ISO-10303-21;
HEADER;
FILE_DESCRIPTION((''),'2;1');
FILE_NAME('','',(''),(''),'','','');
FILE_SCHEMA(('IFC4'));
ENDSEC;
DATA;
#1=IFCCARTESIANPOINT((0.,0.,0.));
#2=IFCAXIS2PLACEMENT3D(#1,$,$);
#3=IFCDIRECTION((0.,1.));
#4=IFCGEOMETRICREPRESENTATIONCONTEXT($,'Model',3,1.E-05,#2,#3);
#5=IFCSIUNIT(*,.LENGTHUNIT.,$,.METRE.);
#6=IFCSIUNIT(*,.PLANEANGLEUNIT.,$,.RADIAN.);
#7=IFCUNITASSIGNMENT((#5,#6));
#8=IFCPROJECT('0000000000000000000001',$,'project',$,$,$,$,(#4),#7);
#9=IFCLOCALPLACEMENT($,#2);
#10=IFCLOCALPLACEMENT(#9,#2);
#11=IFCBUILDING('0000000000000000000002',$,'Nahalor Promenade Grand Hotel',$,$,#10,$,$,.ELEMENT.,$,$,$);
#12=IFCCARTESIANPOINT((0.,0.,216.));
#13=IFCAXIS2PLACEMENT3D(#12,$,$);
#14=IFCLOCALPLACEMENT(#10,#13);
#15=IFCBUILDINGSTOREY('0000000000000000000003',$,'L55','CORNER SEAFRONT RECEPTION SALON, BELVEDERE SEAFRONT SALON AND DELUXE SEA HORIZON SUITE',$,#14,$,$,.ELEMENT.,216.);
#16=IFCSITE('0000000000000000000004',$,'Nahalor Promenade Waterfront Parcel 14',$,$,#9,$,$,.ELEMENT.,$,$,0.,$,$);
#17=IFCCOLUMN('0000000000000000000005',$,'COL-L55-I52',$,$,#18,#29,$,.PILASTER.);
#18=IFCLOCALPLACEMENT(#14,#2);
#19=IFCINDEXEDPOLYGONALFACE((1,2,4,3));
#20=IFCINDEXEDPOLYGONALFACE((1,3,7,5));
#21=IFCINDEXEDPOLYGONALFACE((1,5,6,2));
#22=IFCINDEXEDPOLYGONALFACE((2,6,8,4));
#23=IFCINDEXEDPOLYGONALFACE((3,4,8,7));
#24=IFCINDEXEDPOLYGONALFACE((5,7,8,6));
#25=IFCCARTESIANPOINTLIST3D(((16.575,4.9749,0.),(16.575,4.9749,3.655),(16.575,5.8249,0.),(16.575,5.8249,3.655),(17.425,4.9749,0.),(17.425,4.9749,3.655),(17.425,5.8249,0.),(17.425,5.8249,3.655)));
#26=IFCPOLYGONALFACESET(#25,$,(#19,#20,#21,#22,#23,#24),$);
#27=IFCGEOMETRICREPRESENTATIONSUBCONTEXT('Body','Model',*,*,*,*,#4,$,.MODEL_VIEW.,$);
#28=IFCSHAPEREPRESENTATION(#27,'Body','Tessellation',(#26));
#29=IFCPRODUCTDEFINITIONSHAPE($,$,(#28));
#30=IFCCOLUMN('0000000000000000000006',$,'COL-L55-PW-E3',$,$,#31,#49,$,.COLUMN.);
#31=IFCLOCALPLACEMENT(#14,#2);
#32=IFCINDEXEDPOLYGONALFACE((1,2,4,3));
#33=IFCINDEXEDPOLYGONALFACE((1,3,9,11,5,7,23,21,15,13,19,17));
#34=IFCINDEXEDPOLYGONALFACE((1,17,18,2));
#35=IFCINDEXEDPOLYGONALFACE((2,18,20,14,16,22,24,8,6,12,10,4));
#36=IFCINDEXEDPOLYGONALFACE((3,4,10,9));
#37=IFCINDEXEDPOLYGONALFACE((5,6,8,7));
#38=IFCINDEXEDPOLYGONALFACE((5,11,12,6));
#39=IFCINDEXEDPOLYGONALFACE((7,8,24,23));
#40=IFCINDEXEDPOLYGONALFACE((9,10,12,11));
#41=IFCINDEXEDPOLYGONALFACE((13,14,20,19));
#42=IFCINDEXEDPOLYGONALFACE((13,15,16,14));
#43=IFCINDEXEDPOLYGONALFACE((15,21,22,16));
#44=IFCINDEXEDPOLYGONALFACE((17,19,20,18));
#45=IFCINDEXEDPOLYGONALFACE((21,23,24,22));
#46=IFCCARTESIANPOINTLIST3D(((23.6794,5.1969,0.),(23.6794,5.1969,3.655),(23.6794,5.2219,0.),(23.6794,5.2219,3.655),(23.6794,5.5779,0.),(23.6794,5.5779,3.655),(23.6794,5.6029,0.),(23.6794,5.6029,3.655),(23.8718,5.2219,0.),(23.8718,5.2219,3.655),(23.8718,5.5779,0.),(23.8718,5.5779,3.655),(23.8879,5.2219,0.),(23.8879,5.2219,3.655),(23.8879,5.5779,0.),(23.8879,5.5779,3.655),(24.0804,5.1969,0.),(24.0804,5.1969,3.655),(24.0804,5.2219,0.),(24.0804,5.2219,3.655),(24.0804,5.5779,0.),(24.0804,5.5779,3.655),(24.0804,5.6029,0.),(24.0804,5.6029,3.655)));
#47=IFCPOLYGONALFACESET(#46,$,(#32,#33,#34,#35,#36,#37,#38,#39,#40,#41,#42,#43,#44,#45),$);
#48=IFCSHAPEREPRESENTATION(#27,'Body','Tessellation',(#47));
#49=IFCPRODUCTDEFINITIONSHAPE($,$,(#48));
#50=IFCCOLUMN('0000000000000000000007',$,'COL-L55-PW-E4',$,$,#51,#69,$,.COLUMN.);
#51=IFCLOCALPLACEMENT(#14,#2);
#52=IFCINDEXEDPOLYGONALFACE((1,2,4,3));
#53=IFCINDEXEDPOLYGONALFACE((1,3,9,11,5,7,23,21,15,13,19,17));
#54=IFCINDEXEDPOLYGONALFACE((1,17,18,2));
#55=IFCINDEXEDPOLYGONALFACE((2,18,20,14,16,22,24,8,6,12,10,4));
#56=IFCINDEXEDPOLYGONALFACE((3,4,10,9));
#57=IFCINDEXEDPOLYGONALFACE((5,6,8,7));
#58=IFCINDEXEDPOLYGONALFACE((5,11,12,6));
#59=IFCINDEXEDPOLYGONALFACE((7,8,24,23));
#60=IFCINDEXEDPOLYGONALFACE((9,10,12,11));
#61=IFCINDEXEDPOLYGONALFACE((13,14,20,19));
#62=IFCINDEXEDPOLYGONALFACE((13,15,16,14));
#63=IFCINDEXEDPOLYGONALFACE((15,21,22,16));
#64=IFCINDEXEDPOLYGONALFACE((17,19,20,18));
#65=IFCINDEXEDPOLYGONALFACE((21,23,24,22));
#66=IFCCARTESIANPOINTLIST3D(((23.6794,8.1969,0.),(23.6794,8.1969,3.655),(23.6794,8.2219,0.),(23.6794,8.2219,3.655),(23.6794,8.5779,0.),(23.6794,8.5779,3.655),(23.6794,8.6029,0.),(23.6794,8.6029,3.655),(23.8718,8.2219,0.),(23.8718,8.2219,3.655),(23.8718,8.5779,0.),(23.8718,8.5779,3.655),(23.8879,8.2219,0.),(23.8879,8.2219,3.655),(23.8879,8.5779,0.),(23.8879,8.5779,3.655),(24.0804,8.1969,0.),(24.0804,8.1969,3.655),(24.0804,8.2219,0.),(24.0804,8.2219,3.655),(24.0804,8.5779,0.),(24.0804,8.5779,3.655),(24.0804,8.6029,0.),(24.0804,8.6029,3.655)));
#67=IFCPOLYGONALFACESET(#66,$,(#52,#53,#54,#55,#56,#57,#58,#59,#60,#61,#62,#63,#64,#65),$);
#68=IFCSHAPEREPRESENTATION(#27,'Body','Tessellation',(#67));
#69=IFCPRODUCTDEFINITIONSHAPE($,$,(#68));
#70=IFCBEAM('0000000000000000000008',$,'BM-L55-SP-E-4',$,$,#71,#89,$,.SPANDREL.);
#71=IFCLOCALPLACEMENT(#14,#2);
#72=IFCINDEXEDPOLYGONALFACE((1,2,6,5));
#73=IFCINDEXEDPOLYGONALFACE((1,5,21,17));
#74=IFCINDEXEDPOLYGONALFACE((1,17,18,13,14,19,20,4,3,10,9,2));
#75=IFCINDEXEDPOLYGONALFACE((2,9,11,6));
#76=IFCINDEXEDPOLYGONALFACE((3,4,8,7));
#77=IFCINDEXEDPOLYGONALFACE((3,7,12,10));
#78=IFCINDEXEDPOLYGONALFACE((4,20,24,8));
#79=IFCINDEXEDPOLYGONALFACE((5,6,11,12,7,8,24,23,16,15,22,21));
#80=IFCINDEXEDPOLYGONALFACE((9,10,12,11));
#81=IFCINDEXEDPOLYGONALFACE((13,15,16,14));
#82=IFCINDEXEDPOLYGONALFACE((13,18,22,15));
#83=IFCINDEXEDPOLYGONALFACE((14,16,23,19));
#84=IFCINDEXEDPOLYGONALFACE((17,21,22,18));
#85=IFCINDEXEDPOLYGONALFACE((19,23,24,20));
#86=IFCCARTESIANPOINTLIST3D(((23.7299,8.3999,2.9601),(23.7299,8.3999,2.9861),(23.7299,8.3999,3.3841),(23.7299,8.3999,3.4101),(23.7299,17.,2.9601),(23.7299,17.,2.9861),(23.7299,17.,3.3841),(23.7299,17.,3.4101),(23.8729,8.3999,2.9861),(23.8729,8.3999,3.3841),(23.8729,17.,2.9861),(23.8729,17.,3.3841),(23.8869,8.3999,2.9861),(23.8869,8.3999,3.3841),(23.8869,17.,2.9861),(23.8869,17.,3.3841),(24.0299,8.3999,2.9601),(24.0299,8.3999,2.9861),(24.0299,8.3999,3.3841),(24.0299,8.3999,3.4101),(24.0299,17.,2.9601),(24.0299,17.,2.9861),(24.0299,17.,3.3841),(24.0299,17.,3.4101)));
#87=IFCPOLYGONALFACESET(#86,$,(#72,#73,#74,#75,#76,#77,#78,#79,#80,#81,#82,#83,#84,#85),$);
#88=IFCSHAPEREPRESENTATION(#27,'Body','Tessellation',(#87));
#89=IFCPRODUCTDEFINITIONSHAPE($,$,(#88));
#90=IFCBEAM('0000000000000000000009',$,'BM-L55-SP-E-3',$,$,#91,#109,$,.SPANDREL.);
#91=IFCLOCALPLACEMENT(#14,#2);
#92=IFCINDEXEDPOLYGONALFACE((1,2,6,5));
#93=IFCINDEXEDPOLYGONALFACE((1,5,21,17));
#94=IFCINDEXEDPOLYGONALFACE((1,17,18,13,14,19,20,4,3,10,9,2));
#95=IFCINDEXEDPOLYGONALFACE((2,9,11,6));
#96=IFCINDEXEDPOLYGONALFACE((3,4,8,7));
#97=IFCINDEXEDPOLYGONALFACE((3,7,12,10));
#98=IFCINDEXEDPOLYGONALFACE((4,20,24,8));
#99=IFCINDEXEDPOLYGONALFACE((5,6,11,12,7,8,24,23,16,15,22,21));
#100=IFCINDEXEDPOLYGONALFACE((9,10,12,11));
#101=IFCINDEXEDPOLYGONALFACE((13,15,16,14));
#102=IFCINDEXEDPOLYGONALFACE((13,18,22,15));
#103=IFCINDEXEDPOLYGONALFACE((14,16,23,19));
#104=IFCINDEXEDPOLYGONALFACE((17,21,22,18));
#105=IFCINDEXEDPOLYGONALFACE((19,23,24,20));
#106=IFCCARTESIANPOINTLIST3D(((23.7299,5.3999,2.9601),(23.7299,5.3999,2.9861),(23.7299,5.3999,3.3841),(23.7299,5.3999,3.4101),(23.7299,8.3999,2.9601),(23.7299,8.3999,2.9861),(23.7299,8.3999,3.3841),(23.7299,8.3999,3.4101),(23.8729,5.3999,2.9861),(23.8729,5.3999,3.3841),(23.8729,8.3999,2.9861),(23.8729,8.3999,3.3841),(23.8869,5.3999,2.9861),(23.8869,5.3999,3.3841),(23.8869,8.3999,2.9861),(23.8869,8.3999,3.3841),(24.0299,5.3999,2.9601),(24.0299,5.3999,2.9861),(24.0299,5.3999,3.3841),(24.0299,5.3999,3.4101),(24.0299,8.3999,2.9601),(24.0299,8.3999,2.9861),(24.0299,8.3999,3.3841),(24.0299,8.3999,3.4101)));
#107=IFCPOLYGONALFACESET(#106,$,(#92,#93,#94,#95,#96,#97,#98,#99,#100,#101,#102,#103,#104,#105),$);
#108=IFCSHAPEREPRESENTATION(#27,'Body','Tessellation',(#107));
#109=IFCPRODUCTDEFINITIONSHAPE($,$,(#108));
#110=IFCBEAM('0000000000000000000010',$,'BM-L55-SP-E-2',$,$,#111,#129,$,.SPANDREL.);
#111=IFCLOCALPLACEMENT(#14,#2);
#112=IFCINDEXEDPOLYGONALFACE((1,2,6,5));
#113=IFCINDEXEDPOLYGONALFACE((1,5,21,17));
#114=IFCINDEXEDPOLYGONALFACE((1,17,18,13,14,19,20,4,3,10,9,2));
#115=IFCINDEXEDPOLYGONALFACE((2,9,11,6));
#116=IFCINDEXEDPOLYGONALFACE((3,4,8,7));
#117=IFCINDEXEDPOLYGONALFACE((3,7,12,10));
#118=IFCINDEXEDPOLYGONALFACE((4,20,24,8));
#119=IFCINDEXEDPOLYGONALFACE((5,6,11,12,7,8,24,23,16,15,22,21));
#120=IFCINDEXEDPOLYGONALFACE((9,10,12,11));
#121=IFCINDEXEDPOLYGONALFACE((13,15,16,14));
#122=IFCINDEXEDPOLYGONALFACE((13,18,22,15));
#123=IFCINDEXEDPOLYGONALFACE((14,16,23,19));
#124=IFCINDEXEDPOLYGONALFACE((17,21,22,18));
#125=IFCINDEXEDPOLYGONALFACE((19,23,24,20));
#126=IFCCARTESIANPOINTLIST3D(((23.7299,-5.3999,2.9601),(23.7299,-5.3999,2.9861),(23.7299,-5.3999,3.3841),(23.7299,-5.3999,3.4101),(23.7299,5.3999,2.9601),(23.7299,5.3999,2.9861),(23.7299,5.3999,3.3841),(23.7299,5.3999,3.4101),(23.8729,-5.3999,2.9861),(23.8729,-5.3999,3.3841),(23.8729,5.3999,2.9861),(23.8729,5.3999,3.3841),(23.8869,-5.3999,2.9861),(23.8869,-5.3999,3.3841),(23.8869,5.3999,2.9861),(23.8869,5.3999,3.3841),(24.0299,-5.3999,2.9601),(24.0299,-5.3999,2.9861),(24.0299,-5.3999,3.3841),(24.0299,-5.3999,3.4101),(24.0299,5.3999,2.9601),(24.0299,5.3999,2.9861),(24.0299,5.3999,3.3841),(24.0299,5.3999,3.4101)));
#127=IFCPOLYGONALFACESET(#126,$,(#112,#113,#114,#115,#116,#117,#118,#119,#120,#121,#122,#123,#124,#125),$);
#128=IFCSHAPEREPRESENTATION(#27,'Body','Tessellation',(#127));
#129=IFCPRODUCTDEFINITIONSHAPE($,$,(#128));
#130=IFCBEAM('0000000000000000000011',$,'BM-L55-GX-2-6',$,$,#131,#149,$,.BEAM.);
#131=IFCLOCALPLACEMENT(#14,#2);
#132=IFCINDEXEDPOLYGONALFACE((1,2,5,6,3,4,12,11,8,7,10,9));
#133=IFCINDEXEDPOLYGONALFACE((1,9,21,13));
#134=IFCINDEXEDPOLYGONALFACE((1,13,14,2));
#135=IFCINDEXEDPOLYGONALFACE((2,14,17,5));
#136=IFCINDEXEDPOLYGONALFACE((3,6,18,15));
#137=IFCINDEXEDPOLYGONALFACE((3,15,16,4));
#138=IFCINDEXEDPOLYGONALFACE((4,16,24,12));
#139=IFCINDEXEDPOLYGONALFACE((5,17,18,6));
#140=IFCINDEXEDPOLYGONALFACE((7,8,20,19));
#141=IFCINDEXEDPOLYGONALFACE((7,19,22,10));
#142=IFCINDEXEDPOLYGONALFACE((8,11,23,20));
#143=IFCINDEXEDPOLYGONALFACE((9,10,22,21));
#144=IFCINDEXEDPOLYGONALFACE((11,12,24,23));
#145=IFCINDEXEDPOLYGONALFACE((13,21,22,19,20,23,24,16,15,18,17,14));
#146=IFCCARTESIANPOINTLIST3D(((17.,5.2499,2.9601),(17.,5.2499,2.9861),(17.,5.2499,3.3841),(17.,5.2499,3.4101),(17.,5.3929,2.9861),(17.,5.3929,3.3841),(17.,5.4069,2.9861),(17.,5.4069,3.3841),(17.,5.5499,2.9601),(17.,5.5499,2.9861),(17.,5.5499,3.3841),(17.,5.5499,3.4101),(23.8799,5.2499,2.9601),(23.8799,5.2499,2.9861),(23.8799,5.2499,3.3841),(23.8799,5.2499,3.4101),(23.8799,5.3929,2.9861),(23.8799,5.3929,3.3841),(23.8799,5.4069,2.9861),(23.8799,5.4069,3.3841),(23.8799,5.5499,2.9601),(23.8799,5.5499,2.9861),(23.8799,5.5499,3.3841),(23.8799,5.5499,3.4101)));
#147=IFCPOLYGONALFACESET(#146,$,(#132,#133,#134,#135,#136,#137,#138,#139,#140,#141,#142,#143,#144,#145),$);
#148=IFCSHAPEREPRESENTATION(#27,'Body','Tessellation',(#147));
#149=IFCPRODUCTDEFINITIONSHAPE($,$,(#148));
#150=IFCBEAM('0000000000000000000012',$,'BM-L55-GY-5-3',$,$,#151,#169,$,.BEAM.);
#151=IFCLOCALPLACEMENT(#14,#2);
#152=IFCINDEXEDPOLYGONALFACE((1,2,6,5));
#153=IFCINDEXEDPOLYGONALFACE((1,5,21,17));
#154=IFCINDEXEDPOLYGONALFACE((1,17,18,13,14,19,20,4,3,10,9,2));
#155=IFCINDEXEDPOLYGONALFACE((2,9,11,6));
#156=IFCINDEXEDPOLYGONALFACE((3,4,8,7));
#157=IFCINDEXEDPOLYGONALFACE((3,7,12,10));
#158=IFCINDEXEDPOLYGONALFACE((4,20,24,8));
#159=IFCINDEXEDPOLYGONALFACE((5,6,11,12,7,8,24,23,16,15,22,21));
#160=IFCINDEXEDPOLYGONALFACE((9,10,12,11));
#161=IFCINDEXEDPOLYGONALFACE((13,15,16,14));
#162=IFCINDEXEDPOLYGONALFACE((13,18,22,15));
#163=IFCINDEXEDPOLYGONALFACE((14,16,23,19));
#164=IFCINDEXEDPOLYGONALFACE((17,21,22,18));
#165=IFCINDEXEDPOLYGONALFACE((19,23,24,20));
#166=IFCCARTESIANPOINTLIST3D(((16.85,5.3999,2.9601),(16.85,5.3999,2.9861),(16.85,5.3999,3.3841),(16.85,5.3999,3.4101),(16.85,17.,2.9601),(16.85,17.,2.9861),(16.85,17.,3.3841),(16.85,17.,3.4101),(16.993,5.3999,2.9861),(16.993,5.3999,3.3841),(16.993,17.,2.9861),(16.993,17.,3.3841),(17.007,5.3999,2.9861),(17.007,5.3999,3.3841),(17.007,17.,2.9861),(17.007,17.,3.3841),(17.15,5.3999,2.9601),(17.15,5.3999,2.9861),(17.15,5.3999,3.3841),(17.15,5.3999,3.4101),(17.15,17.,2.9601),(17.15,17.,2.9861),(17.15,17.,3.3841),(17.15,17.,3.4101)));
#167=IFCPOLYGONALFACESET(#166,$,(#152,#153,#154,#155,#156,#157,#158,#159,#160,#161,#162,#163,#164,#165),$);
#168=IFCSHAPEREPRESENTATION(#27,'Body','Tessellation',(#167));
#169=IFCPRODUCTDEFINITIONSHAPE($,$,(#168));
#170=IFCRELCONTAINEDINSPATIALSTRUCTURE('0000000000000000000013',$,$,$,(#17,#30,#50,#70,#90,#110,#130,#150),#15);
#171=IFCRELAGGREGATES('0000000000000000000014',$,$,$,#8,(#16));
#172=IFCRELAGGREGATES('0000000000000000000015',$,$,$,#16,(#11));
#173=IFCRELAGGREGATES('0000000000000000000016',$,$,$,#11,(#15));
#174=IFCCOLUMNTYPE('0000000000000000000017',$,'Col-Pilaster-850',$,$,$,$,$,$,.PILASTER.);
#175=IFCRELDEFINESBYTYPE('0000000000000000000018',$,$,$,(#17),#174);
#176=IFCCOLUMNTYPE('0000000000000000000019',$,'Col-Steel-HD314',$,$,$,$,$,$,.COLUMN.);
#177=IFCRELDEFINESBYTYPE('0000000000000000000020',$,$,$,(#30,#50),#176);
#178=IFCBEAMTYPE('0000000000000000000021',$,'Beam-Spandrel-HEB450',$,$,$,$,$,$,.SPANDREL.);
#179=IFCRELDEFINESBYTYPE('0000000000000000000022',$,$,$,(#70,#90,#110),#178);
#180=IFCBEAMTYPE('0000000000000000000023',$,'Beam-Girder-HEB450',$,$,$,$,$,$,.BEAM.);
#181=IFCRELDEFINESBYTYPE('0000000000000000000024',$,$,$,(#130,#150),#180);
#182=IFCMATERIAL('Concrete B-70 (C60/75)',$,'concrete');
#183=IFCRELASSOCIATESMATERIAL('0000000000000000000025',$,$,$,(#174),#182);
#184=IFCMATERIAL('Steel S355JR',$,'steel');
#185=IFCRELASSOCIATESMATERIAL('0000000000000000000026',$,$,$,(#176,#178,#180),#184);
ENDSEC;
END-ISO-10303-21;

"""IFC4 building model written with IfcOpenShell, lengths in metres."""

from ifc_helpers import new_model, si_unit, direction, frame, origin, origin_2d, place, context, subcontext, project, spatial, rectangle, i_section, extrude, source, transform, mapped, material, material_profile, profile_set, type_object, element, save


model = new_model("IFC4")

# Units and contexts
model_context = context("Model", 3, precision=1e-05, world=origin(), true_north=direction((0.0, 1.0)))
body_context = subcontext(model_context, "Body", "Model", "MODEL_VIEW")
ifc_project = project(units=[si_unit("LENGTHUNIT", "METRE"), si_unit("PLANEANGLEUNIT", "RADIAN")], contexts=[model_context])

# Site, building, storey
site_placement = place(None, origin())
site = spatial("IfcSite", under=ifc_project, at=site_placement, Name="Nahalor Promenade Waterfront Parcel 14", CompositionType="ELEMENT", RefElevation=0.0)
building_placement = place(site_placement, origin())
building = spatial("IfcBuilding", under=site, at=building_placement, Name="Nahalor Promenade Grand Hotel", CompositionType="ELEMENT")
storey_placement = place(building_placement, frame((0.0, 0.0, 216.0)))
storey = spatial("IfcBuildingStorey", under=building, at=storey_placement, Name="L55", Description="CORNER SEAFRONT RECEPTION SALON, BELVEDERE SEAFRONT SALON AND DELUXE SEA HORIZON SUITE", CompositionType="ELEMENT", Elevation=216.0)

# Columns
ifc_material_1 = material(Name="Concrete B-70 (C60/75)", Category="concrete")
ifc_material_profile_1 = material_profile(ifc_material_1, rectangle(XDim=0.85, YDim=0.85, at=origin_2d()), Name="RC 850x850")
ifc_profile_set_1 = profile_set([ifc_material_profile_1], Name="Concrete B-70 (C60/75)")
column_type_1 = type_object("IfcColumnType", Name="Col-Pilaster-850", PredefinedType="PILASTER", material=ifc_profile_set_1)
shared_shape_1 = source(origin(), body_context, "Body", "SweptSolid", [
    extrude(rectangle(XDim=0.85, YDim=0.85, at=origin_2d()), origin(), (0.0, 0.0, 1.0), 3.655),
])
column_placement = place(storey_placement, frame((17.0, 5.3999, 0.0), z_axis=(0.0, 0.0, 1.0), x_axis=(1.0, 0.0, 0.0)))
element("IfcColumn", 1, at=column_placement, inside=storey, type_object=column_type_1, Name="COL-L55-I52", PredefinedType="PILASTER", context=body_context, shape_type="MappedRepresentation", body=[
    mapped(shared_shape_1, transform((0.0, 0.0, 0.0), scale=1.0)),
])
ifc_material_2 = material(Name="Steel S355JR", Category="steel")
ifc_material_profile_2 = material_profile(ifc_material_2, i_section(OverallWidth=0.401, OverallDepth=0.406, WebThickness=0.0161, FlangeThickness=0.025, at=origin_2d()), Name="HD 400x314")
ifc_profile_set_2 = profile_set([ifc_material_profile_2], Name="Steel S355JR")
column_type_2 = type_object("IfcColumnType", Name="Col-Steel-HD314", PredefinedType="COLUMN", material=ifc_profile_set_2)
shared_shape_2 = source(origin(), body_context, "Body", "SweptSolid", [
    extrude(i_section(OverallWidth=0.401, OverallDepth=0.406, WebThickness=0.0161, FlangeThickness=0.025, at=origin_2d()), origin(), (0.0, 0.0, 1.0), 3.655),
])
for number, where, z_axis, x_axis, name in (
    (2, (23.8799, 5.3999, 0.0), (0.0, 0.0, 1.0), (1.0, 0.0, 0.0), "COL-L55-PW-E3"),
    (3, (23.8799, 8.3999, 0.0), (0.0, 0.0, 1.0), (1.0, 0.0, 0.0), "COL-L55-PW-E4"),
):
    element("IfcColumn", number, at=place(storey_placement, frame(where, z_axis=z_axis, x_axis=x_axis)), inside=storey, type_object=column_type_2, Name=name, PredefinedType="COLUMN", context=body_context, shape_type="MappedRepresentation", body=[
        mapped(shared_shape_2, transform((0.0, 0.0, 0.0), scale=1.0)),
    ])

# Beams
ifc_material_profile_3 = material_profile(ifc_material_2, i_section(OverallWidth=0.3, OverallDepth=0.45, WebThickness=0.014, FlangeThickness=0.026, at=origin_2d()), Name="HEB 450")
ifc_profile_set_3 = profile_set([ifc_material_profile_3], Name="Steel S355JR")
beam_type_1 = type_object("IfcBeamType", Name="Beam-Spandrel-HEB450", PredefinedType="SPANDREL", material=ifc_profile_set_3)
shared_shape_3 = source(origin(), body_context, "Body", "SweptSolid", [
    extrude(i_section(OverallWidth=0.3, OverallDepth=0.45, WebThickness=0.014, FlangeThickness=0.026, at=origin_2d()), origin(), (0.0, 0.0, 1.0), 8.6001),
])
beam_1_placement = place(storey_placement, frame((23.8799, 8.3999, 3.1851), z_axis=(0.0, 1.0, 0.0), x_axis=(-1.0, 0.0, 0.0)))
element("IfcBeam", 4, at=beam_1_placement, inside=storey, type_object=beam_type_1, Name="BM-L55-SP-E-4", PredefinedType="SPANDREL", context=body_context, shape_type="MappedRepresentation", body=[
    mapped(shared_shape_3, transform((0.0, 0.0, 0.0), scale=1.0)),
])
shared_shape_4 = source(origin(), body_context, "Body", "SweptSolid", [
    extrude(i_section(OverallWidth=0.3, OverallDepth=0.45, WebThickness=0.014, FlangeThickness=0.026, at=origin_2d()), origin(), (0.0, 0.0, 1.0), 3.0),
])
beam_2_placement = place(storey_placement, frame((23.8799, 5.3999, 3.1851), z_axis=(0.0, 1.0, 0.0), x_axis=(-1.0, 0.0, 0.0)))
element("IfcBeam", 5, at=beam_2_placement, inside=storey, type_object=beam_type_1, Name="BM-L55-SP-E-3", PredefinedType="SPANDREL", context=body_context, shape_type="MappedRepresentation", body=[
    mapped(shared_shape_4, transform((0.0, 0.0, 0.0), scale=1.0)),
])
shared_shape_5 = source(origin(), body_context, "Body", "SweptSolid", [
    extrude(i_section(OverallWidth=0.3, OverallDepth=0.45, WebThickness=0.014, FlangeThickness=0.026, at=origin_2d()), origin(), (0.0, 0.0, 1.0), 10.7998),
])
beam_3_placement = place(storey_placement, frame((23.8799, -5.3999, 3.1851), z_axis=(0.0, 1.0, 0.0), x_axis=(-1.0, 0.0, 0.0)))
element("IfcBeam", 6, at=beam_3_placement, inside=storey, type_object=beam_type_1, Name="BM-L55-SP-E-2", PredefinedType="SPANDREL", context=body_context, shape_type="MappedRepresentation", body=[
    mapped(shared_shape_5, transform((0.0, 0.0, 0.0), scale=1.0)),
])
ifc_material_profile_4 = material_profile(ifc_material_2, i_section(OverallWidth=0.3, OverallDepth=0.45, WebThickness=0.014, FlangeThickness=0.026, at=origin_2d()), Name="HEB 450")
ifc_profile_set_4 = profile_set([ifc_material_profile_4], Name="Steel S355JR")
beam_type_2 = type_object("IfcBeamType", Name="Beam-Girder-HEB450", PredefinedType="BEAM", material=ifc_profile_set_4)
shared_shape_6 = source(origin(), body_context, "Body", "SweptSolid", [
    extrude(i_section(OverallWidth=0.3, OverallDepth=0.45, WebThickness=0.014, FlangeThickness=0.026, at=origin_2d()), origin(), (0.0, 0.0, 1.0), 6.8799),
])
beam_4_placement = place(storey_placement, frame((17.0, 5.3999, 3.1851), z_axis=(1.0, 0.0, 0.0), x_axis=(0.0, 1.0, 0.0)))
element("IfcBeam", 7, at=beam_4_placement, inside=storey, type_object=beam_type_2, Name="BM-L55-GX-2-6", PredefinedType="BEAM", context=body_context, shape_type="MappedRepresentation", body=[
    mapped(shared_shape_6, transform((0.0, 0.0, 0.0), scale=1.0)),
])
shared_shape_7 = source(origin(), body_context, "Body", "SweptSolid", [
    extrude(i_section(OverallWidth=0.3, OverallDepth=0.45, WebThickness=0.014, FlangeThickness=0.026, at=origin_2d()), origin(), (0.0, 0.0, 1.0), 11.6001),
])
beam_5_placement = place(storey_placement, frame((17.0, 5.3999, 3.1851), z_axis=(0.0, 1.0, 0.0), x_axis=(-1.0, 0.0, 0.0)))
element("IfcBeam", 8, at=beam_5_placement, inside=storey, type_object=beam_type_2, Name="BM-L55-GY-5-3", PredefinedType="BEAM", context=body_context, shape_type="MappedRepresentation", body=[
    mapped(shared_shape_7, transform((0.0, 0.0, 0.0), scale=1.0)),
])

save(model, "model.ifc")
